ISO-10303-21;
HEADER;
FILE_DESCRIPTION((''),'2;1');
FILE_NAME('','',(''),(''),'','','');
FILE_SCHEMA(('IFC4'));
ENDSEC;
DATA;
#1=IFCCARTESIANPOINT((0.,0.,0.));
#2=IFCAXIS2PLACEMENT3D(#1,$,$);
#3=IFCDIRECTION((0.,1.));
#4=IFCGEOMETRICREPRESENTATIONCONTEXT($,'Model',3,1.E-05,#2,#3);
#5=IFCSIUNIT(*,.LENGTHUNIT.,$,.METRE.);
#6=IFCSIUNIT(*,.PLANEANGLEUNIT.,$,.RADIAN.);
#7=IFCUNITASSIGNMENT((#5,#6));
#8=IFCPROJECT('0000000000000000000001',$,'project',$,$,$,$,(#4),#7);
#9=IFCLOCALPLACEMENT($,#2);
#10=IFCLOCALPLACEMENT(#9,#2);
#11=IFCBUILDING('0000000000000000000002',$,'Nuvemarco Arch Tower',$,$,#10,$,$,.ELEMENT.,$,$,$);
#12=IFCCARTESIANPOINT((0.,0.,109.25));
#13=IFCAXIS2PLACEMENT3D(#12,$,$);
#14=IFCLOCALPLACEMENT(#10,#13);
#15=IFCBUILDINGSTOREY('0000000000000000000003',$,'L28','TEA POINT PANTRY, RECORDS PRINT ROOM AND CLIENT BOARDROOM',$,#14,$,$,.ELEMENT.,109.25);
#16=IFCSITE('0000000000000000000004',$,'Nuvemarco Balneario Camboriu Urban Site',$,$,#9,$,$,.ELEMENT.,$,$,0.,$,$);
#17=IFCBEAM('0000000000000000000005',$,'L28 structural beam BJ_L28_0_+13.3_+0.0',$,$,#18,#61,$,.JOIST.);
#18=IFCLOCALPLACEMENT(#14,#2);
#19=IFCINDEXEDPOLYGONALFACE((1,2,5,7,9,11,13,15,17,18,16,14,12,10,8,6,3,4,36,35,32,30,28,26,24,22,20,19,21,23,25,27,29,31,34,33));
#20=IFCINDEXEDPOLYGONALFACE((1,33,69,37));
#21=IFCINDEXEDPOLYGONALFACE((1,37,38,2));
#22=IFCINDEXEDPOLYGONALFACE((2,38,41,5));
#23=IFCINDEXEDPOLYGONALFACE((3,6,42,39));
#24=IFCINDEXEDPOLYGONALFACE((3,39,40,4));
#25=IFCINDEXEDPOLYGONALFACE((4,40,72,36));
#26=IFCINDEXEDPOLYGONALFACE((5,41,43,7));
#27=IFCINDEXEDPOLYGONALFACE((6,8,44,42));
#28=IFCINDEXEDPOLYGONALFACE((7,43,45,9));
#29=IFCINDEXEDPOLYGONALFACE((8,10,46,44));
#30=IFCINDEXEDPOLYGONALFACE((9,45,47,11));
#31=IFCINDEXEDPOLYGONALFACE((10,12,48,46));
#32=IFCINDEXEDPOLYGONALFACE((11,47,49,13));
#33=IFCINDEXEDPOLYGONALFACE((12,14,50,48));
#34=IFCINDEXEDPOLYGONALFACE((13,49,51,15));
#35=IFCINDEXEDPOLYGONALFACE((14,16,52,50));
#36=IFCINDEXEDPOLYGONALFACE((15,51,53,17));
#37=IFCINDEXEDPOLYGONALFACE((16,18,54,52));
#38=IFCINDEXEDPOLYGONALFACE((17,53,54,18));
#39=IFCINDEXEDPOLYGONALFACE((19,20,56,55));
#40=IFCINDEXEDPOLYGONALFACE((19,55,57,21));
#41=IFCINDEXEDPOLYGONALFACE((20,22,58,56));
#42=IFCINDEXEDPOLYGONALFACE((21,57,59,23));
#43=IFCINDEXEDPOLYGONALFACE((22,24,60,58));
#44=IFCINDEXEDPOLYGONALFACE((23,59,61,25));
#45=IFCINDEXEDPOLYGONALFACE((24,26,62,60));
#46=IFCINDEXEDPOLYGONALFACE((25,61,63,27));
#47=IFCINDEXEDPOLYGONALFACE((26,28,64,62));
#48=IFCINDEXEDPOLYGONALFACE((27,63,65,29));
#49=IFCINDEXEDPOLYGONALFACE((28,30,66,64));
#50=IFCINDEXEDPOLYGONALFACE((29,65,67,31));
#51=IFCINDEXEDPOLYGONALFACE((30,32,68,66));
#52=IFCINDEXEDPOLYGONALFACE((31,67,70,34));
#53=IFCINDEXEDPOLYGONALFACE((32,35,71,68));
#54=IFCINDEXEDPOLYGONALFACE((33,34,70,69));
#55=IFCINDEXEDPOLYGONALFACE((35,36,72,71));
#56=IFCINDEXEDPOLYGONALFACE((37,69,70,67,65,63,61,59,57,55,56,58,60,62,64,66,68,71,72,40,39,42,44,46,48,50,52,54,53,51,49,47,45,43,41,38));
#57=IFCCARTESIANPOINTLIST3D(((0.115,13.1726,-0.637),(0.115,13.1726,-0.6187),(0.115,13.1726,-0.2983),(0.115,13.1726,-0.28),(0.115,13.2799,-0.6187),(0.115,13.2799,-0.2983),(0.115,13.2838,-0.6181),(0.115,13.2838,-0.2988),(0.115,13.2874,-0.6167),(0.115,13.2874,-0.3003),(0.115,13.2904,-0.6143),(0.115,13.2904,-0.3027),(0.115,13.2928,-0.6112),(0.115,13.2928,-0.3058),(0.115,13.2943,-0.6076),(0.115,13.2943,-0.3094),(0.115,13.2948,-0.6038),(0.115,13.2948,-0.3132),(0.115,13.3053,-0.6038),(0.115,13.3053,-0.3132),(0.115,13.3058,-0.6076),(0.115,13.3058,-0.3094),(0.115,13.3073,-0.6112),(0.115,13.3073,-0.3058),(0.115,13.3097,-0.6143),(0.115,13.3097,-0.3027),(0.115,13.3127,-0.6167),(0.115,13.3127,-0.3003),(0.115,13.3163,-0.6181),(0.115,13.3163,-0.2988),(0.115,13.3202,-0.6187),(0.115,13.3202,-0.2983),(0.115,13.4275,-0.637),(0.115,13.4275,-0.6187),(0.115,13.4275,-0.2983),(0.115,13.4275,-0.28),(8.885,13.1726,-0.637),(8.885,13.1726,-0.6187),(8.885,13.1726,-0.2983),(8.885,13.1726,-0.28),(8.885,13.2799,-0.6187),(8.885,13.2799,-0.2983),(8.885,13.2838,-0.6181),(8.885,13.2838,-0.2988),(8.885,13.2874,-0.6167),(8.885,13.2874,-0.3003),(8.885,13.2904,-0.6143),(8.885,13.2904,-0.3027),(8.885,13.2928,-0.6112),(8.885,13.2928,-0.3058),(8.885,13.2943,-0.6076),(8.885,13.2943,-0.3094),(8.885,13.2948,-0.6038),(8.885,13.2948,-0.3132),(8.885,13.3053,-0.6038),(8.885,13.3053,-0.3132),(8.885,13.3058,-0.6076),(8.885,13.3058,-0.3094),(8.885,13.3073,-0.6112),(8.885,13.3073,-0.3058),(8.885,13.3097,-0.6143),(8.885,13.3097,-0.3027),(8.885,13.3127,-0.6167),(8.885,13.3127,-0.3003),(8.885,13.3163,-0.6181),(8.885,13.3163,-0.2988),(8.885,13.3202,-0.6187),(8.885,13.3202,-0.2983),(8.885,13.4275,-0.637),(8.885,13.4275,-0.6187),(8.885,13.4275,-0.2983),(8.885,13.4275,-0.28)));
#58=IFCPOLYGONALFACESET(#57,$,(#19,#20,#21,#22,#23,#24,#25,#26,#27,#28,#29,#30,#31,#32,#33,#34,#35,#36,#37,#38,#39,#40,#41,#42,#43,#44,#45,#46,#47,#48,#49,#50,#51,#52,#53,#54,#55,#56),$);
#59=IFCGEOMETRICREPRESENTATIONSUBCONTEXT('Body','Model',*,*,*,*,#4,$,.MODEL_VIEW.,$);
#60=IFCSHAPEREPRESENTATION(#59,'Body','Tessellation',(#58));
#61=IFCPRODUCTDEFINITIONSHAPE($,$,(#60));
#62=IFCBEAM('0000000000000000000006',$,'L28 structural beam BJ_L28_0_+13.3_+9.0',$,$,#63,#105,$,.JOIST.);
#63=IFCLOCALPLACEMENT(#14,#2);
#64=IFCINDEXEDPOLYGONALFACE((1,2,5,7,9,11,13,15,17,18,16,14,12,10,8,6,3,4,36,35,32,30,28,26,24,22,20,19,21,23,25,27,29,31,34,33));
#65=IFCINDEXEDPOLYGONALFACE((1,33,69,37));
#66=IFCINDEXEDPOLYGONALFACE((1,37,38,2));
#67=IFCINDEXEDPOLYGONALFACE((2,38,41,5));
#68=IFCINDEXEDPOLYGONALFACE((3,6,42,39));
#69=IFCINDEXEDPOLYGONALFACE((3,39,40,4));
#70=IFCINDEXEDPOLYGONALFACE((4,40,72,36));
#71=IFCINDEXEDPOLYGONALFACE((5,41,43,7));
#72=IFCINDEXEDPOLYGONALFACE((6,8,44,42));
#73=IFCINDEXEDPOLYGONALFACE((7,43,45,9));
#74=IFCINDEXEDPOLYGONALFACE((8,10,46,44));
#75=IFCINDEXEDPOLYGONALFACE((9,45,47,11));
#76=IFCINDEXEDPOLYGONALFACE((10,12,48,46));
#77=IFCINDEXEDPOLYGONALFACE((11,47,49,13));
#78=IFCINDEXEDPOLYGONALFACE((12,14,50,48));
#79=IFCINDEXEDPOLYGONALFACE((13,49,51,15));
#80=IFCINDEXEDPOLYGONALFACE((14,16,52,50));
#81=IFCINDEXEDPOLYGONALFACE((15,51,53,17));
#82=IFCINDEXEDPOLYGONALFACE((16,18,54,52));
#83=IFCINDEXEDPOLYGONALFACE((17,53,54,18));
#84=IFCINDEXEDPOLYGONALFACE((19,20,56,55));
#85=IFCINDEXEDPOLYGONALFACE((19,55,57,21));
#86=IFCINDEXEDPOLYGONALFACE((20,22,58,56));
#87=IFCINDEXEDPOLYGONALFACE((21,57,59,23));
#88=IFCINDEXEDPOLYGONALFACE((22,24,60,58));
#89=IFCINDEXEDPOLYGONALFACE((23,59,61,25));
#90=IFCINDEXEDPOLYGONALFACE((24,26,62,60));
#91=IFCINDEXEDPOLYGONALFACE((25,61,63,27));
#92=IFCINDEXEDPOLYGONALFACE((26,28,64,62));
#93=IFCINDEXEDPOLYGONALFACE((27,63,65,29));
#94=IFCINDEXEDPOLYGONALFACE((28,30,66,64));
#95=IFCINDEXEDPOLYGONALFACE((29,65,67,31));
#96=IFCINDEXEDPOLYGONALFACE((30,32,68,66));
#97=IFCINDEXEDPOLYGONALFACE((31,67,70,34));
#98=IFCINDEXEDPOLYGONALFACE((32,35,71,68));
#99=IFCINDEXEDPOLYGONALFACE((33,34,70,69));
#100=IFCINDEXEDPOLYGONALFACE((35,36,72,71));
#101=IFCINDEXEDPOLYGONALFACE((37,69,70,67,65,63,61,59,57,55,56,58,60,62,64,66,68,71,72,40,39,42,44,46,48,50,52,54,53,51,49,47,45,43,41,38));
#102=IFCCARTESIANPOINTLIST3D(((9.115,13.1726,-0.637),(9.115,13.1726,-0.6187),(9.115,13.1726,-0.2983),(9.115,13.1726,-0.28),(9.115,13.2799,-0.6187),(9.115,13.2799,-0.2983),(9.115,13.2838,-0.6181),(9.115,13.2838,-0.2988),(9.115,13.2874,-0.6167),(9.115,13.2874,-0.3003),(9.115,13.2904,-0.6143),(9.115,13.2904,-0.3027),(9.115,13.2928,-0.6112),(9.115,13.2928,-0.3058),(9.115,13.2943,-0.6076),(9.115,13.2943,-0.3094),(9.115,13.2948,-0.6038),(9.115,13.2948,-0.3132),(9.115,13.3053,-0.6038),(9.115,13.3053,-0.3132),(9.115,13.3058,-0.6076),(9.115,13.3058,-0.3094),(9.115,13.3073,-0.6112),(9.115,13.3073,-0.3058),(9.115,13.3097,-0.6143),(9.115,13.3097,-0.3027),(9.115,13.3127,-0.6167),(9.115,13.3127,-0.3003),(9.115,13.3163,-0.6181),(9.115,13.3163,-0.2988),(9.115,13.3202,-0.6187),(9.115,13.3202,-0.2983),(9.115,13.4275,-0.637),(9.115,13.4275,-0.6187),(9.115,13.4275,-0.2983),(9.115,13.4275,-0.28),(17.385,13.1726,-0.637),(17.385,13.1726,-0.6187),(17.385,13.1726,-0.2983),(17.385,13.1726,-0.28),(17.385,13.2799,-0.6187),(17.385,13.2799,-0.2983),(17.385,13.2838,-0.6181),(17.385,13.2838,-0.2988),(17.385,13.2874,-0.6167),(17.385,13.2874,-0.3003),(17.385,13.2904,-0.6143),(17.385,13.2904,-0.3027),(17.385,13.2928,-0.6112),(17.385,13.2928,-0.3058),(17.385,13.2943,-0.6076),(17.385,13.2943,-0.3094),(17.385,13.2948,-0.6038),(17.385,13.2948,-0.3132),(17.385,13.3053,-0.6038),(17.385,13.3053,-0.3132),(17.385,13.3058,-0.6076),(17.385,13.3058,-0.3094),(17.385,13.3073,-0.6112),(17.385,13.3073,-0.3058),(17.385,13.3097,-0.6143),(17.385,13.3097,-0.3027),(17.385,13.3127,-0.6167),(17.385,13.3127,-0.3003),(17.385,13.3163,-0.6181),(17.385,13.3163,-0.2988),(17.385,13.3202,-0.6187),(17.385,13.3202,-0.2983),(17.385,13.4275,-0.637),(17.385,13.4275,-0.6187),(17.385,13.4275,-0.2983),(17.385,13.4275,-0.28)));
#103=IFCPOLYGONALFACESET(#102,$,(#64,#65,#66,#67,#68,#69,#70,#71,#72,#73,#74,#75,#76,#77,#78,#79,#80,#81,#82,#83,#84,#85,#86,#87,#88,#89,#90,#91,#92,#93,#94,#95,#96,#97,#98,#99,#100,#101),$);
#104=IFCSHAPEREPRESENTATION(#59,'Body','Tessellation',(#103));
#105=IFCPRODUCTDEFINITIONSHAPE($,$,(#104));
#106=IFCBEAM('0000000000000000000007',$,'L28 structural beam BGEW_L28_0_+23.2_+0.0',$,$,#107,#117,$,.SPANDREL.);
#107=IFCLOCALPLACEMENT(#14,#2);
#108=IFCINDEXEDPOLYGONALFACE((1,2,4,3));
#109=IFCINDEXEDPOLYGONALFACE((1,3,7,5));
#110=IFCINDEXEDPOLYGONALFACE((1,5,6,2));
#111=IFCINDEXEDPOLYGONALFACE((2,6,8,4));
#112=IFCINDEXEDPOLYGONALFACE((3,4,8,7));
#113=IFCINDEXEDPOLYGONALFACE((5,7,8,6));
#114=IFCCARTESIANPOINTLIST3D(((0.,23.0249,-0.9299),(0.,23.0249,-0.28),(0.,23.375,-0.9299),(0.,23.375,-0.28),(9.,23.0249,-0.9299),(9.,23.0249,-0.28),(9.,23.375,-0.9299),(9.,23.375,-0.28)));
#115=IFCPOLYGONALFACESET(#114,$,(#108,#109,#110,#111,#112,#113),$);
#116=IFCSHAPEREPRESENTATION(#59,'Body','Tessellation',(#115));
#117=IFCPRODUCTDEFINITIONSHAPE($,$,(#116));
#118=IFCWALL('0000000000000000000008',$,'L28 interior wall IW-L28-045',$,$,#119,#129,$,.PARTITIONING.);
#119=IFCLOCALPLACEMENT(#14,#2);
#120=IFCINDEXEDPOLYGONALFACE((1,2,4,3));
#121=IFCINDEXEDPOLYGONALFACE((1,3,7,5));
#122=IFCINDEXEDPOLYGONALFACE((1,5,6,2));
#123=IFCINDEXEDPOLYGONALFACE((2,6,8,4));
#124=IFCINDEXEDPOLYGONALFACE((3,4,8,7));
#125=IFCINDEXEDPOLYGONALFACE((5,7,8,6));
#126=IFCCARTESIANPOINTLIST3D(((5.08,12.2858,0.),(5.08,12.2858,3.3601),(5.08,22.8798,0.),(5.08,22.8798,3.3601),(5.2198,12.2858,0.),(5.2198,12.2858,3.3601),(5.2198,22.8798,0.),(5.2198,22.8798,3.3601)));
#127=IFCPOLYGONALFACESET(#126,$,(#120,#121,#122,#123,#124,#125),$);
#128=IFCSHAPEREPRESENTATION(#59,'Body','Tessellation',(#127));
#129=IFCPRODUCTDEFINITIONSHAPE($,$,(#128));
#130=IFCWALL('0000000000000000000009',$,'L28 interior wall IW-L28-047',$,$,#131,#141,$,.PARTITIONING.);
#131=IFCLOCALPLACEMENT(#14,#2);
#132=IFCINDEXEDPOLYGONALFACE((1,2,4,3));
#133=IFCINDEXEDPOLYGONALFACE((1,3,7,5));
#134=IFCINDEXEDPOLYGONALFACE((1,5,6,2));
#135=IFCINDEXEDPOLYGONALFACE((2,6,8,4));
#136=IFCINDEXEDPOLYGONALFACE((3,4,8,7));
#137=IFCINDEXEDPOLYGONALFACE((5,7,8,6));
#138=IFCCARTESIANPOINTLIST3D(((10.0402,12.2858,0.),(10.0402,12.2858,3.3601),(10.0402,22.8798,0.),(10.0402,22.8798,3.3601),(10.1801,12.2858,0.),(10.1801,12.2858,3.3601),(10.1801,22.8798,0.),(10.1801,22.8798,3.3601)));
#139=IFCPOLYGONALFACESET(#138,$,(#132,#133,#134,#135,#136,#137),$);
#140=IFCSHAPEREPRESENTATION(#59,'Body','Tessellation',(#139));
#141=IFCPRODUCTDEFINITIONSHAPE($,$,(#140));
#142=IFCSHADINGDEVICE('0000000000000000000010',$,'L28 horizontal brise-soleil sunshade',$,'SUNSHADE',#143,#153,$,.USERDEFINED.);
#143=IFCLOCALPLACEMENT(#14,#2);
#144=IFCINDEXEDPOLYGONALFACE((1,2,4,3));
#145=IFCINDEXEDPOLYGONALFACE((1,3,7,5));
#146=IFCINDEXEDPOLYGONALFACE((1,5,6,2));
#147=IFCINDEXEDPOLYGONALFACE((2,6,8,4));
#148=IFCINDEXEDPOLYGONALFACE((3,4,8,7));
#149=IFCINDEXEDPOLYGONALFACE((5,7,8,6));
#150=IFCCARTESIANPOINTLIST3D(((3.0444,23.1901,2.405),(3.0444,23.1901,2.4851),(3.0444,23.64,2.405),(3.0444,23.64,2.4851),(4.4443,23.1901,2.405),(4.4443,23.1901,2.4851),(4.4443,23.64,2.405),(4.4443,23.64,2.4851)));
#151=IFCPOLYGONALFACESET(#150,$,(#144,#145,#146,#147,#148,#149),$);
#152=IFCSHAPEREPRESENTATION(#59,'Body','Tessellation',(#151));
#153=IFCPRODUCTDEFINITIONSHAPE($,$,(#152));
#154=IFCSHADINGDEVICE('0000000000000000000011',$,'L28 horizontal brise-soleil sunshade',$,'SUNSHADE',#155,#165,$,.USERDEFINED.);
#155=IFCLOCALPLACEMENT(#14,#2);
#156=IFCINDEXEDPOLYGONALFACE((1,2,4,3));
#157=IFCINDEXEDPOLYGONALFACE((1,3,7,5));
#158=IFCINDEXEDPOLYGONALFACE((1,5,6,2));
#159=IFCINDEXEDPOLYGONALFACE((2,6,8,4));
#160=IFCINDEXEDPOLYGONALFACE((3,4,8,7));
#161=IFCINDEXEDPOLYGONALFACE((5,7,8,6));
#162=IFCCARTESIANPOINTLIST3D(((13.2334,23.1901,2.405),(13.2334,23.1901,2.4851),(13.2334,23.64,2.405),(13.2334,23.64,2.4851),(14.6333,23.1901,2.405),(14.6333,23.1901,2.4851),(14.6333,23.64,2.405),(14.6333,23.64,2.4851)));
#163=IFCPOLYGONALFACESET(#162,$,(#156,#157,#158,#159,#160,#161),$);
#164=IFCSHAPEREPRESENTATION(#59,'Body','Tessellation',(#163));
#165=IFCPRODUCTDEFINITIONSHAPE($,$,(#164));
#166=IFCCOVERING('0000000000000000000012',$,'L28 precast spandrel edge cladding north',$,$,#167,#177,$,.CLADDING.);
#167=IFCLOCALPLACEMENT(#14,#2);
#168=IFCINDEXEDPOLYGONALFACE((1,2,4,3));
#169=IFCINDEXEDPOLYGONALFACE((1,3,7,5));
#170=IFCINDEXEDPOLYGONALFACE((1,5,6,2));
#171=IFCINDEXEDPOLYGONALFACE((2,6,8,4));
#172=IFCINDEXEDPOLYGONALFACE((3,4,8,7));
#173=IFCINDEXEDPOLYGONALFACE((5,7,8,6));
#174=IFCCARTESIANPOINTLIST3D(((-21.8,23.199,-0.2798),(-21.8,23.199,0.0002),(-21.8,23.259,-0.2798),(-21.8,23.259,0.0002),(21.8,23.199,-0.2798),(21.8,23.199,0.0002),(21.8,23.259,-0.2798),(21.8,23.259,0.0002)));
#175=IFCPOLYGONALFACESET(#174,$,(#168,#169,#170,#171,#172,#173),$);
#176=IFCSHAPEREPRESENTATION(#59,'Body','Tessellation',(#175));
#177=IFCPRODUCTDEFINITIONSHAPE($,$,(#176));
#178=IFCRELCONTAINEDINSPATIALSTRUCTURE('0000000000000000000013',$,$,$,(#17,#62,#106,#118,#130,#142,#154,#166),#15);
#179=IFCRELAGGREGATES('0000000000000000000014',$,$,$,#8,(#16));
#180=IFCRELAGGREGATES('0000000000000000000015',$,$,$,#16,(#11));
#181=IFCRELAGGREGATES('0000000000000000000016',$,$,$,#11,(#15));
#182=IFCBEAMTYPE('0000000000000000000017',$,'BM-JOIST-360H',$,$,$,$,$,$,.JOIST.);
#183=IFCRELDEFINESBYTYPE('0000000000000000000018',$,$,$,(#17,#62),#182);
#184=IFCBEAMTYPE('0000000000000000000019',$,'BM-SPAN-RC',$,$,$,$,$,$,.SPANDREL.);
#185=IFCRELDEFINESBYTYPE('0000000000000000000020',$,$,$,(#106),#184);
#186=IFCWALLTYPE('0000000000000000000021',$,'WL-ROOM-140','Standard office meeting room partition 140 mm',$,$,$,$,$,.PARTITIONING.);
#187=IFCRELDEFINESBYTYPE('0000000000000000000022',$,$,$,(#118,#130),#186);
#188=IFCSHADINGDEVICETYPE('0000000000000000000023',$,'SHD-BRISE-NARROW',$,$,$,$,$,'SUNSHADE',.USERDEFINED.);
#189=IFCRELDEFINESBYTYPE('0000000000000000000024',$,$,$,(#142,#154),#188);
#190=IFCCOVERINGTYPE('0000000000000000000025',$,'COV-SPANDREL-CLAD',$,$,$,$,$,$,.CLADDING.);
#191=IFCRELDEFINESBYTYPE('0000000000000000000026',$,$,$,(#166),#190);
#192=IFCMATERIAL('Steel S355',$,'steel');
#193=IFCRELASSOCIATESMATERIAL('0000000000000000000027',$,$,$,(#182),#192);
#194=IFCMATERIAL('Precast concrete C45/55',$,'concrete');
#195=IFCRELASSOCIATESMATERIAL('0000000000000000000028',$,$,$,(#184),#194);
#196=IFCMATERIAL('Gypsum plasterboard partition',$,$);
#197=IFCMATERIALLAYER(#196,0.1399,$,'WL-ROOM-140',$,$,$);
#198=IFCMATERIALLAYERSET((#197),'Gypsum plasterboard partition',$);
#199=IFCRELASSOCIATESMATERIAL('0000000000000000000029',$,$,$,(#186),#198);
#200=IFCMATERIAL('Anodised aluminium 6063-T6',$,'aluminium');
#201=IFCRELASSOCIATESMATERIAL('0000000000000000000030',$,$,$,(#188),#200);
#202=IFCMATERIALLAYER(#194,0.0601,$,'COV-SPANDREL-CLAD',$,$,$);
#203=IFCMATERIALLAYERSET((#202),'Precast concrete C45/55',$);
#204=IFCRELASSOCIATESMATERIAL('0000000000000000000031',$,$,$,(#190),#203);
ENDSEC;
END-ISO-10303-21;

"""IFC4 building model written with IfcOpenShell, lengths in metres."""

from ifc_helpers import new_model, si_unit, direction, frame, frame_2d, origin, origin_2d, place, context, subcontext, project, spatial, rectangle, i_section, extrude, source, transform, mapped, material, layer, layer_set, material_profile, profile_set, type_object, type_shapes, element, save


model = new_model("IFC4")

# Units and contexts
model_context = context("Model", 3, precision=1e-05, world=origin(), true_north=direction((0.0, 1.0)))
body_context = subcontext(model_context, "Body", "Model", "MODEL_VIEW")
ifc_project = project(units=[si_unit("LENGTHUNIT", "METRE"), si_unit("PLANEANGLEUNIT", "RADIAN")], contexts=[model_context])

# Site, building, storey
site_placement = place(None, origin())
site = spatial("IfcSite", under=ifc_project, at=site_placement, Name="Nuvemarco Balneario Camboriu Urban Site", CompositionType="ELEMENT", RefElevation=0.0)
building_placement = place(site_placement, origin())
building = spatial("IfcBuilding", under=site, at=building_placement, Name="Nuvemarco Arch Tower", CompositionType="ELEMENT")
storey_placement = place(building_placement, frame((0.0, 0.0, 109.25)))
storey = spatial("IfcBuildingStorey", under=building, at=storey_placement, Name="L28", Description="TEA POINT PANTRY, RECORDS PRINT ROOM AND CLIENT BOARDROOM", CompositionType="ELEMENT", Elevation=109.25)

# Shared definitions
ifc_material_1 = material(Name="Steel S355", Category="steel")

# Beams
ifc_material_profile_1 = material_profile(ifc_material_1, i_section(OverallWidth=0.2549, OverallDepth=0.3569, WebThickness=0.0105, FlangeThickness=0.0183, FilletRadius=0.0149, at=origin_2d()), Name="W360x101")
ifc_profile_set_1 = profile_set([ifc_material_profile_1], Name="Steel S355")
beam_type_1 = type_object("IfcBeamType", Name="BM-JOIST-360H", PredefinedType="JOIST", material=ifc_profile_set_1)
beam_1_placement = place(storey_placement, frame((0.115, 13.3, -0.4585), z_axis=(1.0, 0.0, 0.0), x_axis=(0.0, 1.0, 0.0)))
element("IfcBeam", 1, at=beam_1_placement, inside=storey, type_object=beam_type_1, Name="L28 structural beam BJ_L28_0_+13.3_+0.0", PredefinedType="JOIST", context=body_context, shape_type="SweptSolid", body=[
    extrude(i_section(OverallWidth=0.2549, OverallDepth=0.3569, WebThickness=0.0105, FlangeThickness=0.0183, FilletRadius=0.0149, at=origin_2d()), origin(), (0.0, 0.0, 1.0), 8.77),
])
beam_2_placement = place(storey_placement, frame((9.115, 13.3, -0.4585), z_axis=(1.0, 0.0, 0.0), x_axis=(0.0, 1.0, 0.0)))
element("IfcBeam", 2, at=beam_2_placement, inside=storey, type_object=beam_type_1, Name="L28 structural beam BJ_L28_0_+13.3_+9.0", PredefinedType="JOIST", context=body_context, shape_type="SweptSolid", body=[
    extrude(i_section(OverallWidth=0.2549, OverallDepth=0.3569, WebThickness=0.0105, FlangeThickness=0.0183, FilletRadius=0.0149, at=origin_2d()), origin(), (0.0, 0.0, 1.0), 8.27),
])
ifc_material_2 = material(Name="Precast concrete C45/55", Category="concrete")
ifc_material_profile_2 = material_profile(ifc_material_2, rectangle(XDim=0.3501, YDim=0.6499, at=origin_2d()), Name="PC-SP-350x650")
ifc_profile_set_2 = profile_set([ifc_material_profile_2], Name="Precast concrete C45/55")
beam_type_2 = type_object("IfcBeamType", Name="BM-SPAN-RC", PredefinedType="SPANDREL", material=ifc_profile_set_2)
beam_3_placement = place(storey_placement, frame((0.0, 23.2, -0.605), z_axis=(1.0, 0.0, 0.0), x_axis=(0.0, 1.0, 0.0)))
element("IfcBeam", 3, at=beam_3_placement, inside=storey, type_object=beam_type_2, Name="L28 structural beam BGEW_L28_0_+23.2_+0.0", PredefinedType="SPANDREL", context=body_context, shape_type="SweptSolid", body=[
    extrude(rectangle(XDim=0.3501, YDim=0.6499, at=origin_2d()), origin(), (0.0, 0.0, 1.0), 9.0),
])

# Walls
ifc_material_3 = material(Name="Gypsum plasterboard partition")
ifc_layer_1 = layer(ifc_material_3, 0.1399, Name="WL-ROOM-140")
ifc_layer_set_1 = layer_set([ifc_layer_1], Name="Gypsum plasterboard partition")
wall_type = type_object("IfcWallType", Name="WL-ROOM-140", Description="Standard office meeting room partition 140 mm", PredefinedType="PARTITIONING", material=ifc_layer_set_1)
for number, where, z_axis, x_axis, name in (
    (4, (5.1499, 12.2859, 0.0), (0.0, 0.0, 1.0), (0.0, 1.0, 0.0), "L28 interior wall IW-L28-045"),
    (5, (10.1101, 12.2859, 0.0), (0.0, 0.0, 1.0), (0.0, 1.0, 0.0), "L28 interior wall IW-L28-047"),
):
    element("IfcWall", number, at=place(storey_placement, frame(where, z_axis=z_axis, x_axis=x_axis)), inside=storey, type_object=wall_type, Name=name, PredefinedType="PARTITIONING", context=body_context, shape_type="SweptSolid", body=[
        extrude(rectangle(XDim=10.594, YDim=0.1399, at=frame_2d((5.2969, 0.0))), origin(), (0.0, 0.0, 1.0), 3.3601),
    ])

# Shading devices
ifc_material_4 = material(Name="Anodised aluminium 6063-T6", Category="aluminium")
shading_device_type = type_object("IfcShadingDeviceType", Name="SHD-BRISE-NARROW", ElementType="SUNSHADE", PredefinedType="USERDEFINED", material=ifc_material_4)
shared_shape_1 = source(origin(), body_context, "Body", "SweptSolid", [
    extrude(rectangle(XDim=1.3999, YDim=0.45, at=origin_2d()), origin(), (0.0, 0.0, 1.0), 0.0801),
])
type_shapes(shading_device_type, [shared_shape_1])
for number, where, z_axis, x_axis, name in (
    (6, (3.7444, 23.415, 2.405), (0.0, 0.0, 1.0), (1.0, 0.0, 0.0), "L28 horizontal brise-soleil sunshade"),
    (7, (13.9333, 23.415, 2.405), (0.0, 0.0, 1.0), (1.0, 0.0, 0.0), "L28 horizontal brise-soleil sunshade"),
):
    element("IfcShadingDevice", number, at=place(storey_placement, frame(where, z_axis=z_axis, x_axis=x_axis)), inside=storey, type_object=shading_device_type, Name=name, ObjectType="SUNSHADE", PredefinedType="USERDEFINED", context=body_context, shape_type="MappedRepresentation", body=[
        mapped(shared_shape_1, transform((0.0, 0.0, 0.0), scale=1.0)),
    ])

# Covering
ifc_layer_2 = layer(ifc_material_2, 0.0601, Name="COV-SPANDREL-CLAD")
ifc_layer_set_2 = layer_set([ifc_layer_2], Name="Precast concrete C45/55")
covering_type = type_object("IfcCoveringType", Name="COV-SPANDREL-CLAD", PredefinedType="CLADDING", material=ifc_layer_set_2)
shared_shape_2 = source(origin(), body_context, "Body", "SweptSolid", [
    extrude(rectangle(XDim=43.6001, YDim=0.0601, at=origin_2d()), origin(), (0.0, 0.0, 1.0), 0.28),
])
type_shapes(covering_type, [shared_shape_2])
covering_placement = place(storey_placement, frame((0.0, 23.229, -0.2798), z_axis=(0.0, 0.0, 1.0), x_axis=(1.0, 0.0, 0.0)))
element("IfcCovering", 8, at=covering_placement, inside=storey, type_object=covering_type, Name="L28 precast spandrel edge cladding north", PredefinedType="CLADDING", context=body_context, shape_type="MappedRepresentation", body=[
    mapped(shared_shape_2, transform((0.0, 0.0, 0.0), scale=1.0)),
])

save(model, "model.ifc")
